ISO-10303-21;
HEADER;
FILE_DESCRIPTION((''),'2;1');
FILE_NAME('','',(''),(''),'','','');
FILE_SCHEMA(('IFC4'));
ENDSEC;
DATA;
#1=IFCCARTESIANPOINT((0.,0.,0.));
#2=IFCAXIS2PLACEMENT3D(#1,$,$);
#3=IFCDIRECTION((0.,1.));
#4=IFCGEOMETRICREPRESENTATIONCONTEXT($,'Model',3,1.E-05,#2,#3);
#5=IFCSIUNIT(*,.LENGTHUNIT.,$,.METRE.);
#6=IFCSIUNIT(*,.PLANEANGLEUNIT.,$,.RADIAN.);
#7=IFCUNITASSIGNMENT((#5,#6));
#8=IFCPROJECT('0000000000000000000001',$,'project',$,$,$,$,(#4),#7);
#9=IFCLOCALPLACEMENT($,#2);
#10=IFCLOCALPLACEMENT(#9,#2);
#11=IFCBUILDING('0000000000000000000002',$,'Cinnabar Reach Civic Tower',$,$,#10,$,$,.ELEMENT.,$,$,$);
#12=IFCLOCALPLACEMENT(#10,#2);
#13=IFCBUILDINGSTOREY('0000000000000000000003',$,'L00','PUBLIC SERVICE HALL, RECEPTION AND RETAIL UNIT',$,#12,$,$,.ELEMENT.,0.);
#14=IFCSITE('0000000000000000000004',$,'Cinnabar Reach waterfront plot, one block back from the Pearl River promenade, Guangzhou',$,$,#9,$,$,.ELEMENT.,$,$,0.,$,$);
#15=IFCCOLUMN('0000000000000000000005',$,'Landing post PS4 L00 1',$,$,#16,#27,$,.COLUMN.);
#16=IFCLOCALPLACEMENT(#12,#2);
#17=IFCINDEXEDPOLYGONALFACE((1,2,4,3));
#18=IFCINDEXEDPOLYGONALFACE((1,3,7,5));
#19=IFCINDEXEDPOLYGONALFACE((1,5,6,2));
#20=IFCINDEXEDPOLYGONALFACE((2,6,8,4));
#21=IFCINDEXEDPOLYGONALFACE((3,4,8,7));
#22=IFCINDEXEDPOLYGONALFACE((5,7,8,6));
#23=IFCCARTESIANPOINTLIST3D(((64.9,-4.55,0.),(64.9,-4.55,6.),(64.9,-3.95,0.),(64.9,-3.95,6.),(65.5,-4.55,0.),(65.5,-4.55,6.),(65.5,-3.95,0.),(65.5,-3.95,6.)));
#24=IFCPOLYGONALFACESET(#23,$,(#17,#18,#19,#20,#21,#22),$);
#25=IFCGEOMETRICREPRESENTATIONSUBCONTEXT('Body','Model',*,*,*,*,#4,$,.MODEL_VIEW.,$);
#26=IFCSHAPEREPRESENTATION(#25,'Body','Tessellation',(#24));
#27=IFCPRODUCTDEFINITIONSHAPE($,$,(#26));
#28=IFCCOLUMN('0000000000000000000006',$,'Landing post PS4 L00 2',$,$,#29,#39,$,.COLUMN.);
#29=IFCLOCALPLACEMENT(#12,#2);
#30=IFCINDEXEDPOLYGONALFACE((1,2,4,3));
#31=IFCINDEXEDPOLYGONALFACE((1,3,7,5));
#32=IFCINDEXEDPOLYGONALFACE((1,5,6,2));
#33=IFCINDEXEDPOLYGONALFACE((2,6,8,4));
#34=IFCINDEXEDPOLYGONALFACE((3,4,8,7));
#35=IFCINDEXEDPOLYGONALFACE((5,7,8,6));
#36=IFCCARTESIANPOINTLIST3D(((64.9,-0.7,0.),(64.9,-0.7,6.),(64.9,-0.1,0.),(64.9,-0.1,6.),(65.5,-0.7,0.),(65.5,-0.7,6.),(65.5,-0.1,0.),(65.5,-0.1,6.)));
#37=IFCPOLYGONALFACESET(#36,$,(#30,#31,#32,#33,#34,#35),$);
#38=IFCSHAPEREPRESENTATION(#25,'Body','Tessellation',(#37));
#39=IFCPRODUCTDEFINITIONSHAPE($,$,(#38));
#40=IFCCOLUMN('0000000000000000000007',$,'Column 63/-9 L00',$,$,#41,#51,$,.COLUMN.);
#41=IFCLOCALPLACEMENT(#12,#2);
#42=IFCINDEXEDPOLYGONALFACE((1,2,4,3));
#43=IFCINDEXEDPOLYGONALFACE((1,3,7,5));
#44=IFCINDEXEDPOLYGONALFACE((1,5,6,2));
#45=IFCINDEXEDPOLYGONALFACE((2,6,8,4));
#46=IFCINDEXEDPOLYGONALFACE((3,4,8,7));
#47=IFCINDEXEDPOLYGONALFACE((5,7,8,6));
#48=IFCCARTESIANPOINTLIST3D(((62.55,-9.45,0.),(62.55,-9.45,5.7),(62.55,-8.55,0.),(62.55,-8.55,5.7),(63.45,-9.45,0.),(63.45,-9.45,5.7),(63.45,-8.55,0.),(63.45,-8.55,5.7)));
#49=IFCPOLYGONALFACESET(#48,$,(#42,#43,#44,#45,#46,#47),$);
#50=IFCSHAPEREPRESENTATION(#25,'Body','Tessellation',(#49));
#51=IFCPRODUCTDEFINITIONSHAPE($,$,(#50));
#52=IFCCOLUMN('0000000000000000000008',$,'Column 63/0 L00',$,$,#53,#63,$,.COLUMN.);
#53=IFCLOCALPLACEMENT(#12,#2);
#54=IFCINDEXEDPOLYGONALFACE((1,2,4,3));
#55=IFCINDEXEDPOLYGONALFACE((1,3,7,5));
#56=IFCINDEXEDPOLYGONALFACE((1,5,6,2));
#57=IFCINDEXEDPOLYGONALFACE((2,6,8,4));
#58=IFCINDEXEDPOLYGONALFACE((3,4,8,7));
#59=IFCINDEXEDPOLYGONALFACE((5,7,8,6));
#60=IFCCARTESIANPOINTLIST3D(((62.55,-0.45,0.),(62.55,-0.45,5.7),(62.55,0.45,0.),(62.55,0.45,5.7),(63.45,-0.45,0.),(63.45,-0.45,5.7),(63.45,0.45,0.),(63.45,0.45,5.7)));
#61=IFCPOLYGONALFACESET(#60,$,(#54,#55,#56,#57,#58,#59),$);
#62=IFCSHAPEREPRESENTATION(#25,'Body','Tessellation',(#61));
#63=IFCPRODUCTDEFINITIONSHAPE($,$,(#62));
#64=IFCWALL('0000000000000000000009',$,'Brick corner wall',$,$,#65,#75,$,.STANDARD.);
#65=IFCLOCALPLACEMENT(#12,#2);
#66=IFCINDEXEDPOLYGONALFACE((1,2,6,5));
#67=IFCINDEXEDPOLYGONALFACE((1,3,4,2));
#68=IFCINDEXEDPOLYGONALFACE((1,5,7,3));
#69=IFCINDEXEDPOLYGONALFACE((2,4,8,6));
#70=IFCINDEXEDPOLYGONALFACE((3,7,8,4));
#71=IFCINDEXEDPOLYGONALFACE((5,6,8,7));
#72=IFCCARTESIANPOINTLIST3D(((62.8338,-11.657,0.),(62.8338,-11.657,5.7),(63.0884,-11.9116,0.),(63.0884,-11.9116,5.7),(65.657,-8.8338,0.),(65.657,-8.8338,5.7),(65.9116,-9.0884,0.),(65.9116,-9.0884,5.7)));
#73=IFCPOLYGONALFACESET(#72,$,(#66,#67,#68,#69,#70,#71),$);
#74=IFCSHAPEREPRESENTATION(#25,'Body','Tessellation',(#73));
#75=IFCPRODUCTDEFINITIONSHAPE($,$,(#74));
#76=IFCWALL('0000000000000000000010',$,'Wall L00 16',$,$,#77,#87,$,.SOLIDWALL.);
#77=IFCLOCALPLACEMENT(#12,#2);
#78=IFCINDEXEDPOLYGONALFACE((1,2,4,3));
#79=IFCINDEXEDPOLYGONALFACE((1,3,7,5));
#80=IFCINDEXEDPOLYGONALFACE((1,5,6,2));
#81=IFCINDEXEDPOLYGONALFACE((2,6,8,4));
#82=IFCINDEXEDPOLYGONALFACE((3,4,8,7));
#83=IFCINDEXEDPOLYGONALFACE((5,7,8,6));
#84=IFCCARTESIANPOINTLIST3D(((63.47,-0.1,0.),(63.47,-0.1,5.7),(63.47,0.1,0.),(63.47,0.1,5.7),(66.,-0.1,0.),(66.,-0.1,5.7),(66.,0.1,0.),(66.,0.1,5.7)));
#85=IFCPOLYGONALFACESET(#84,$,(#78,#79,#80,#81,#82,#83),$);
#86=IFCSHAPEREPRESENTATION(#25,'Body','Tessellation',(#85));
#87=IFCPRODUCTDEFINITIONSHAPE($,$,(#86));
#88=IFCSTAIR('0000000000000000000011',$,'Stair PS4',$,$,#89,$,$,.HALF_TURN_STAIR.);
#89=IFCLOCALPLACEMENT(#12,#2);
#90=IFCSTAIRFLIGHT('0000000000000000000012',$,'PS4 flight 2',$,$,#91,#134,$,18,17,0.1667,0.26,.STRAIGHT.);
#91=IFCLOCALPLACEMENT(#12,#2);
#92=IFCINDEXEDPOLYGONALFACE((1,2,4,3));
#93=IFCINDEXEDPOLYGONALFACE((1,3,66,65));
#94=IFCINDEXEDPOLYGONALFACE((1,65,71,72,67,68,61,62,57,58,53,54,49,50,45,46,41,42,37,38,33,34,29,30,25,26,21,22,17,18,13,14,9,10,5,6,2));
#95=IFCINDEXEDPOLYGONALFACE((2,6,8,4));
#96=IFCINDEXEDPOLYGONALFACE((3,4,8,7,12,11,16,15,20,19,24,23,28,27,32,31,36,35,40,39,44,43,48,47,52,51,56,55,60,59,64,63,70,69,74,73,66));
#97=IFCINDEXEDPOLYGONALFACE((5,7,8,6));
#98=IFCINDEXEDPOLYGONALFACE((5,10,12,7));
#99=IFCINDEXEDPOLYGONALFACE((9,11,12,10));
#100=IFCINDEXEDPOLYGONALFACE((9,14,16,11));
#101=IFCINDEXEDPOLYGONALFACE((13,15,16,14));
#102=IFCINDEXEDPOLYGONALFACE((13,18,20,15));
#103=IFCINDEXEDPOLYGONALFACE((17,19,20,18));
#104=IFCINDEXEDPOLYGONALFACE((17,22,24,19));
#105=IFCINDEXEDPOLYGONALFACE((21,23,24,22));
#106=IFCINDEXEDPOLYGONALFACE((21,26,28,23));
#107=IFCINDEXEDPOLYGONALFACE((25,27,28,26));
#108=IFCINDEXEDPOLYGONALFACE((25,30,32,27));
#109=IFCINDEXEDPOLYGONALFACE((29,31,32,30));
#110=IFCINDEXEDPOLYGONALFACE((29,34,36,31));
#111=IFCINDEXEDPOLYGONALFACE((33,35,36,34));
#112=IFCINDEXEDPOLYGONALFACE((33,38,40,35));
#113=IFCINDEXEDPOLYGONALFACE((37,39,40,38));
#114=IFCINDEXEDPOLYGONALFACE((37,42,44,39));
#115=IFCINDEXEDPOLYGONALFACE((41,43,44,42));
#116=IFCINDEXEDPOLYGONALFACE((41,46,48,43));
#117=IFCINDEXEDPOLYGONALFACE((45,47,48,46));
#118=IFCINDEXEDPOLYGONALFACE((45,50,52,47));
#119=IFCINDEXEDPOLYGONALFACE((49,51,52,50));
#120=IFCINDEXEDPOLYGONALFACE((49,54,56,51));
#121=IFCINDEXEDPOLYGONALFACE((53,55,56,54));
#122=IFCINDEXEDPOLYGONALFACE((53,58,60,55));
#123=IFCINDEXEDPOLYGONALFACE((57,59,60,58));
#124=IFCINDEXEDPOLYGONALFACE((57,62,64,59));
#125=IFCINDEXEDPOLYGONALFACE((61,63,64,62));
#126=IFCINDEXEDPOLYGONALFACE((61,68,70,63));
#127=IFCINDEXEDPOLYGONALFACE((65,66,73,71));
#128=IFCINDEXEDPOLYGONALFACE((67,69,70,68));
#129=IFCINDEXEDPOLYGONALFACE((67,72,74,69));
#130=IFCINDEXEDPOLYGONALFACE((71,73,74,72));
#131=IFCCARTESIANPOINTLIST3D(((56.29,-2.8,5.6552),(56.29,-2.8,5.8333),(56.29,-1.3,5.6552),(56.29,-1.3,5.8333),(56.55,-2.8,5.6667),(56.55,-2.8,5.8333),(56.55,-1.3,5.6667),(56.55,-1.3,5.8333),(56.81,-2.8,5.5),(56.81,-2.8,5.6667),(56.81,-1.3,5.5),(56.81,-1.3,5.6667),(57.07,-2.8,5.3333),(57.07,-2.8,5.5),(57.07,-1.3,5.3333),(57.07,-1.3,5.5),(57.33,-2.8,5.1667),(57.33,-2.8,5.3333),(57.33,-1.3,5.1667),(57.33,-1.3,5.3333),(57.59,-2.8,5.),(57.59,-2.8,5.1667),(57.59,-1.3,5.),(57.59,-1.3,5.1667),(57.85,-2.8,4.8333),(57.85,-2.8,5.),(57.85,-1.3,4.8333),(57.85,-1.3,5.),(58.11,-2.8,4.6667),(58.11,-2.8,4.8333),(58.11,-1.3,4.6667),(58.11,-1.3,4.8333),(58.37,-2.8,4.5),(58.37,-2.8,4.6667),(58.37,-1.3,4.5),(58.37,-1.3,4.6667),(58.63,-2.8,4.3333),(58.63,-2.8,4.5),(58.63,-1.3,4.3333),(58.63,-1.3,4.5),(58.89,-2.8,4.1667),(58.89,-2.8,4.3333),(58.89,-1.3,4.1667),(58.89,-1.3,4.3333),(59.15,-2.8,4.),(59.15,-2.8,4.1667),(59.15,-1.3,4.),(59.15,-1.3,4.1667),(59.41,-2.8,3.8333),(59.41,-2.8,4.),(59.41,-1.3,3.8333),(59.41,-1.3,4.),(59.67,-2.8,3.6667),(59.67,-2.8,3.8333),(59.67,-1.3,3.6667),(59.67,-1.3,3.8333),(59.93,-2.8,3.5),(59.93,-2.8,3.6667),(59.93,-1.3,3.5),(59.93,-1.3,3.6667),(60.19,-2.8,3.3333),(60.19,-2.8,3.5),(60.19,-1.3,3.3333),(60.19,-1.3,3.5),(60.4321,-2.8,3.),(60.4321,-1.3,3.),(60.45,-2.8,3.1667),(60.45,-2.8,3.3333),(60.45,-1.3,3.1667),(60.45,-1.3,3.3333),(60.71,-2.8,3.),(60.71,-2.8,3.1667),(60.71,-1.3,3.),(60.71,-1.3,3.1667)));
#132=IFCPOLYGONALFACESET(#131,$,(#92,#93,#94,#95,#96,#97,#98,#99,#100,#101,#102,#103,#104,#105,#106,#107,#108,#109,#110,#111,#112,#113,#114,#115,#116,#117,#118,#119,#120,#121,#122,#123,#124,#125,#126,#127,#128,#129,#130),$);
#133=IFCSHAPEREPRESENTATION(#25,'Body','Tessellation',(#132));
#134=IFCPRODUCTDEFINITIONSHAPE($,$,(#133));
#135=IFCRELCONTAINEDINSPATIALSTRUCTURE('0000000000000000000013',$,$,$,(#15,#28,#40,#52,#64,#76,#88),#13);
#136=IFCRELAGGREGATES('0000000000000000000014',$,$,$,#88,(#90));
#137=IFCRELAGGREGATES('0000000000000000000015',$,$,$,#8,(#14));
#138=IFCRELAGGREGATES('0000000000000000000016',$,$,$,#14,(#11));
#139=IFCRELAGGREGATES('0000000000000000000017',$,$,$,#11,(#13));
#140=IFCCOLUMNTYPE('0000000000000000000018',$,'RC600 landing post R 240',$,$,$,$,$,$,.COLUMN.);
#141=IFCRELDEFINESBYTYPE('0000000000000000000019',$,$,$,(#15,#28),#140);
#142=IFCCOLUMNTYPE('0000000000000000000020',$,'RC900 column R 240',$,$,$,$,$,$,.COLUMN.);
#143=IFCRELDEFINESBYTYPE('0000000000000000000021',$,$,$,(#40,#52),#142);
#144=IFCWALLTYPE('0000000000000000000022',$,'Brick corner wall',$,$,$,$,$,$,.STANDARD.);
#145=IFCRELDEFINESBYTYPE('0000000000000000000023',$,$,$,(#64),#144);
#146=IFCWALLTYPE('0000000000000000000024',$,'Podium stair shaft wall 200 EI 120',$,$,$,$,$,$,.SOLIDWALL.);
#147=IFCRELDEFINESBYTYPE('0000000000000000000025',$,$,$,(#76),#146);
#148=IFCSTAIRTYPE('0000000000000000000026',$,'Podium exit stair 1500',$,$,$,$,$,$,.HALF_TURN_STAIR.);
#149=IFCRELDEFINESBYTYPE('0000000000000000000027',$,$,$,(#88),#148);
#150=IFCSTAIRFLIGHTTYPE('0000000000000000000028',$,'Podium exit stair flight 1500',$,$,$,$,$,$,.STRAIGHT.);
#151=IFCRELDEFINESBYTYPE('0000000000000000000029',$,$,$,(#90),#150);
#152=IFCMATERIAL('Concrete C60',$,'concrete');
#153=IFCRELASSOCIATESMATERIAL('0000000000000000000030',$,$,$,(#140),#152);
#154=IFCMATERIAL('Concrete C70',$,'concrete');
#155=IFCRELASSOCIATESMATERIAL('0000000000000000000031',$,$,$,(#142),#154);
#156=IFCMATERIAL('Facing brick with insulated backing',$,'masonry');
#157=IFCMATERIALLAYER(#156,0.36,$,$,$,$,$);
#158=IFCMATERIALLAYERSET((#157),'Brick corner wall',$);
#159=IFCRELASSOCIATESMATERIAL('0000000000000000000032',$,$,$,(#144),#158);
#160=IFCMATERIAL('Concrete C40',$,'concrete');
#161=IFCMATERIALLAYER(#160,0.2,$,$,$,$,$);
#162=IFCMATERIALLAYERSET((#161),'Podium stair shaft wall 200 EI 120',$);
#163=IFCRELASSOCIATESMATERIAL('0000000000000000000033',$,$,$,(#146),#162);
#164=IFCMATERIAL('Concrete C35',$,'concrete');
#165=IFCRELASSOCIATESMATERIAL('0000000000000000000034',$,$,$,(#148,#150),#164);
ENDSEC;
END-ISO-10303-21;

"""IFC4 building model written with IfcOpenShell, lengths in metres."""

from ifc_helpers import new_model, si_unit, direction, frame, frame_2d, origin, origin_2d, place, context, subcontext, project, spatial, polyline, rectangle, outline, extrude, material, layer, layer_set, material_profile, profile_set, type_object, element, aggregate, save


model = new_model("IFC4")

# Units and contexts
model_context = context("Model", 3, precision=1e-05, world=origin(), true_north=direction((0.0, 1.0)))
body_context = subcontext(model_context, "Body", "Model", "MODEL_VIEW")
ifc_project = project(units=[si_unit("LENGTHUNIT", "METRE"), si_unit("PLANEANGLEUNIT", "RADIAN")], contexts=[model_context])

# Site, building, storey
site_placement = place(None, origin())
site = spatial("IfcSite", under=ifc_project, at=site_placement, Name="Cinnabar Reach waterfront plot, one block back from the Pearl River promenade, Guangzhou", CompositionType="ELEMENT", RefElevation=0.0)
building_placement = place(site_placement, origin())
building = spatial("IfcBuilding", under=site, at=building_placement, Name="Cinnabar Reach Civic Tower", CompositionType="ELEMENT")
storey_placement = place(building_placement, origin())
storey = spatial("IfcBuildingStorey", under=building, at=storey_placement, Name="L00", Description="PUBLIC SERVICE HALL, RECEPTION AND RETAIL UNIT", CompositionType="ELEMENT", Elevation=0.0)

# Columns
ifc_material_1 = material(Name="Concrete C60", Category="concrete")
ifc_material_profile_1 = material_profile(ifc_material_1, rectangle(XDim=0.6, YDim=0.6, at=origin_2d()), Name="RC600")
ifc_profile_set_1 = profile_set([ifc_material_profile_1], Name="Concrete C60")
column_type_1 = type_object("IfcColumnType", Name="RC600 landing post R 240", PredefinedType="COLUMN", material=ifc_profile_set_1)
for number, where, z_axis, x_axis, name in (
    (1, (65.2, -4.25, 0.0), (0.0, 0.0, 1.0), (1.0, 0.0, 0.0), "Landing post PS4 L00 1"),
    (2, (65.2, -0.4, 0.0), (0.0, 0.0, 1.0), (1.0, 0.0, 0.0), "Landing post PS4 L00 2"),
):
    element("IfcColumn", number, at=place(storey_placement, frame(where, z_axis=z_axis, x_axis=x_axis)), inside=storey, type_object=column_type_1, Name=name, PredefinedType="COLUMN", context=body_context, shape_type="SweptSolid", body=[
        extrude(rectangle(XDim=0.6, YDim=0.6, at=origin_2d()), origin(), (0.0, 0.0, 1.0), 6.0),
    ])
ifc_material_2 = material(Name="Concrete C70", Category="concrete")
ifc_material_profile_2 = material_profile(ifc_material_2, rectangle(XDim=0.9, YDim=0.9, at=origin_2d()), Name="RC900")
ifc_profile_set_2 = profile_set([ifc_material_profile_2], Name="Concrete C70")
column_type_2 = type_object("IfcColumnType", Name="RC900 column R 240", PredefinedType="COLUMN", material=ifc_profile_set_2)
for number, where, z_axis, x_axis, name in (
    (3, (63.0, -9.0, 0.0), (0.0, 0.0, 1.0), (1.0, 0.0, 0.0), "Column 63/-9 L00"),
    (4, (63.0, 0.0, 0.0), (0.0, 0.0, 1.0), (1.0, 0.0, 0.0), "Column 63/0 L00"),
):
    element("IfcColumn", number, at=place(storey_placement, frame(where, z_axis=z_axis, x_axis=x_axis)), inside=storey, type_object=column_type_2, Name=name, PredefinedType="COLUMN", context=body_context, shape_type="SweptSolid", body=[
        extrude(rectangle(XDim=0.9, YDim=0.9, at=origin_2d()), origin(), (0.0, 0.0, 1.0), 5.7),
    ])

# Wall
ifc_material_3 = material(Name="Facing brick with insulated backing", Category="masonry")
ifc_layer_1 = layer(ifc_material_3, 0.36)
ifc_layer_set_1 = layer_set([ifc_layer_1], Name="Brick corner wall")
wall_type_1 = type_object("IfcWallType", Name="Brick corner wall", PredefinedType="STANDARD", material=ifc_layer_set_1)
wall_1_placement = place(storey_placement, frame((62.9611, -11.7843, 0.0), z_axis=(0.0, 0.0, 1.0), x_axis=(0.707107, 0.707107, 0.0)))
element("IfcWall", 5, at=wall_1_placement, inside=storey, type_object=wall_type_1, Name="Brick corner wall", PredefinedType="STANDARD", context=body_context, shape_type="SweptSolid", body=[
    extrude(rectangle(XDim=3.9926, YDim=0.36, at=frame_2d((1.9963, 0.0))), origin(), (0.0, 0.0, 1.0), 5.7),
])

# Wall
ifc_material_4 = material(Name="Concrete C40", Category="concrete")
ifc_layer_2 = layer(ifc_material_4, 0.2)
ifc_layer_set_2 = layer_set([ifc_layer_2], Name="Podium stair shaft wall 200 EI 120")
wall_type_2 = type_object("IfcWallType", Name="Podium stair shaft wall 200 EI 120", PredefinedType="SOLIDWALL", material=ifc_layer_set_2)
wall_2_placement = place(storey_placement, frame((63.47, 0.0, 0.0), z_axis=(0.0, 0.0, 1.0), x_axis=(1.0, 0.0, 0.0)))
element("IfcWall", 6, at=wall_2_placement, inside=storey, type_object=wall_type_2, Name="Wall L00 16", PredefinedType="SOLIDWALL", context=body_context, shape_type="SweptSolid", body=[
    extrude(rectangle(XDim=2.53, YDim=0.2, at=frame_2d((1.265, 0.0))), origin(), (0.0, 0.0, 1.0), 5.7),
])

# Stair, stair flight
ifc_material_5 = material(Name="Concrete C35", Category="concrete")
stair_type = type_object("IfcStairType", Name="Podium exit stair 1500", PredefinedType="HALF_TURN_STAIR", material=ifc_material_5)
stair_placement = place(storey_placement, origin())
stair = element("IfcStair", 7, at=stair_placement, inside=storey, type_object=stair_type, Name="Stair PS4", PredefinedType="HALF_TURN_STAIR")
stair_flight_type = type_object("IfcStairFlightType", Name="Podium exit stair flight 1500", PredefinedType="STRAIGHT", material=ifc_material_5)
stair_flight_placement = place(storey_placement, frame((60.71, -2.05, 3.0), z_axis=(0.0, 0.0, 1.0), x_axis=(-1.0, 0.0, 0.0)))
stair_flight = element("IfcStairFlight", 8, at=stair_flight_placement, type_object=stair_flight_type, Name="PS4 flight 2", NumberOfRisers=18, NumberOfTreads=17, PredefinedType="STRAIGHT", RiserHeight=0.1667, TreadLength=0.26, context=body_context, shape_type="SweptSolid", body=[
    extrude(outline(polyline([(0.0, 0.0), (0.0, 0.1667), (0.26, 0.1667), (0.26, 0.3333), (0.52, 0.3333), (0.52, 0.5), (0.78, 0.5), (0.78, 0.6667), (1.04, 0.6667), (1.04, 0.8333), (1.3, 0.8333), (1.3, 1.0), (1.56, 1.0), (1.56, 1.1667), (1.82, 1.1667), (1.82, 1.3333), (2.08, 1.3333), (2.08, 1.5), (2.34, 1.5), (2.34, 1.6667), (2.6, 1.6667), (2.6, 1.8333), (2.86, 1.8333), (2.86, 2.0), (3.12, 2.0), (3.12, 2.1667), (3.38, 2.1667), (3.38, 2.3333), (3.64, 2.3333), (3.64, 2.5), (3.9, 2.5), (3.9, 2.6667), (4.16, 2.6667), (4.16, 2.8333), (4.42, 2.8333), (4.42, 3.0), (4.42, 2.6552), (0.2779, 0.0), (0.0, 0.0)])), frame((0.0, 0.75, 0.0), z_axis=(0.0, -1.0, 0.0), x_axis=(1.0, 0.0, 0.0)), (0.0, 0.0, 1.0), 1.5),
])
aggregate(stair, [stair_flight])

save(model, "model.ifc")
